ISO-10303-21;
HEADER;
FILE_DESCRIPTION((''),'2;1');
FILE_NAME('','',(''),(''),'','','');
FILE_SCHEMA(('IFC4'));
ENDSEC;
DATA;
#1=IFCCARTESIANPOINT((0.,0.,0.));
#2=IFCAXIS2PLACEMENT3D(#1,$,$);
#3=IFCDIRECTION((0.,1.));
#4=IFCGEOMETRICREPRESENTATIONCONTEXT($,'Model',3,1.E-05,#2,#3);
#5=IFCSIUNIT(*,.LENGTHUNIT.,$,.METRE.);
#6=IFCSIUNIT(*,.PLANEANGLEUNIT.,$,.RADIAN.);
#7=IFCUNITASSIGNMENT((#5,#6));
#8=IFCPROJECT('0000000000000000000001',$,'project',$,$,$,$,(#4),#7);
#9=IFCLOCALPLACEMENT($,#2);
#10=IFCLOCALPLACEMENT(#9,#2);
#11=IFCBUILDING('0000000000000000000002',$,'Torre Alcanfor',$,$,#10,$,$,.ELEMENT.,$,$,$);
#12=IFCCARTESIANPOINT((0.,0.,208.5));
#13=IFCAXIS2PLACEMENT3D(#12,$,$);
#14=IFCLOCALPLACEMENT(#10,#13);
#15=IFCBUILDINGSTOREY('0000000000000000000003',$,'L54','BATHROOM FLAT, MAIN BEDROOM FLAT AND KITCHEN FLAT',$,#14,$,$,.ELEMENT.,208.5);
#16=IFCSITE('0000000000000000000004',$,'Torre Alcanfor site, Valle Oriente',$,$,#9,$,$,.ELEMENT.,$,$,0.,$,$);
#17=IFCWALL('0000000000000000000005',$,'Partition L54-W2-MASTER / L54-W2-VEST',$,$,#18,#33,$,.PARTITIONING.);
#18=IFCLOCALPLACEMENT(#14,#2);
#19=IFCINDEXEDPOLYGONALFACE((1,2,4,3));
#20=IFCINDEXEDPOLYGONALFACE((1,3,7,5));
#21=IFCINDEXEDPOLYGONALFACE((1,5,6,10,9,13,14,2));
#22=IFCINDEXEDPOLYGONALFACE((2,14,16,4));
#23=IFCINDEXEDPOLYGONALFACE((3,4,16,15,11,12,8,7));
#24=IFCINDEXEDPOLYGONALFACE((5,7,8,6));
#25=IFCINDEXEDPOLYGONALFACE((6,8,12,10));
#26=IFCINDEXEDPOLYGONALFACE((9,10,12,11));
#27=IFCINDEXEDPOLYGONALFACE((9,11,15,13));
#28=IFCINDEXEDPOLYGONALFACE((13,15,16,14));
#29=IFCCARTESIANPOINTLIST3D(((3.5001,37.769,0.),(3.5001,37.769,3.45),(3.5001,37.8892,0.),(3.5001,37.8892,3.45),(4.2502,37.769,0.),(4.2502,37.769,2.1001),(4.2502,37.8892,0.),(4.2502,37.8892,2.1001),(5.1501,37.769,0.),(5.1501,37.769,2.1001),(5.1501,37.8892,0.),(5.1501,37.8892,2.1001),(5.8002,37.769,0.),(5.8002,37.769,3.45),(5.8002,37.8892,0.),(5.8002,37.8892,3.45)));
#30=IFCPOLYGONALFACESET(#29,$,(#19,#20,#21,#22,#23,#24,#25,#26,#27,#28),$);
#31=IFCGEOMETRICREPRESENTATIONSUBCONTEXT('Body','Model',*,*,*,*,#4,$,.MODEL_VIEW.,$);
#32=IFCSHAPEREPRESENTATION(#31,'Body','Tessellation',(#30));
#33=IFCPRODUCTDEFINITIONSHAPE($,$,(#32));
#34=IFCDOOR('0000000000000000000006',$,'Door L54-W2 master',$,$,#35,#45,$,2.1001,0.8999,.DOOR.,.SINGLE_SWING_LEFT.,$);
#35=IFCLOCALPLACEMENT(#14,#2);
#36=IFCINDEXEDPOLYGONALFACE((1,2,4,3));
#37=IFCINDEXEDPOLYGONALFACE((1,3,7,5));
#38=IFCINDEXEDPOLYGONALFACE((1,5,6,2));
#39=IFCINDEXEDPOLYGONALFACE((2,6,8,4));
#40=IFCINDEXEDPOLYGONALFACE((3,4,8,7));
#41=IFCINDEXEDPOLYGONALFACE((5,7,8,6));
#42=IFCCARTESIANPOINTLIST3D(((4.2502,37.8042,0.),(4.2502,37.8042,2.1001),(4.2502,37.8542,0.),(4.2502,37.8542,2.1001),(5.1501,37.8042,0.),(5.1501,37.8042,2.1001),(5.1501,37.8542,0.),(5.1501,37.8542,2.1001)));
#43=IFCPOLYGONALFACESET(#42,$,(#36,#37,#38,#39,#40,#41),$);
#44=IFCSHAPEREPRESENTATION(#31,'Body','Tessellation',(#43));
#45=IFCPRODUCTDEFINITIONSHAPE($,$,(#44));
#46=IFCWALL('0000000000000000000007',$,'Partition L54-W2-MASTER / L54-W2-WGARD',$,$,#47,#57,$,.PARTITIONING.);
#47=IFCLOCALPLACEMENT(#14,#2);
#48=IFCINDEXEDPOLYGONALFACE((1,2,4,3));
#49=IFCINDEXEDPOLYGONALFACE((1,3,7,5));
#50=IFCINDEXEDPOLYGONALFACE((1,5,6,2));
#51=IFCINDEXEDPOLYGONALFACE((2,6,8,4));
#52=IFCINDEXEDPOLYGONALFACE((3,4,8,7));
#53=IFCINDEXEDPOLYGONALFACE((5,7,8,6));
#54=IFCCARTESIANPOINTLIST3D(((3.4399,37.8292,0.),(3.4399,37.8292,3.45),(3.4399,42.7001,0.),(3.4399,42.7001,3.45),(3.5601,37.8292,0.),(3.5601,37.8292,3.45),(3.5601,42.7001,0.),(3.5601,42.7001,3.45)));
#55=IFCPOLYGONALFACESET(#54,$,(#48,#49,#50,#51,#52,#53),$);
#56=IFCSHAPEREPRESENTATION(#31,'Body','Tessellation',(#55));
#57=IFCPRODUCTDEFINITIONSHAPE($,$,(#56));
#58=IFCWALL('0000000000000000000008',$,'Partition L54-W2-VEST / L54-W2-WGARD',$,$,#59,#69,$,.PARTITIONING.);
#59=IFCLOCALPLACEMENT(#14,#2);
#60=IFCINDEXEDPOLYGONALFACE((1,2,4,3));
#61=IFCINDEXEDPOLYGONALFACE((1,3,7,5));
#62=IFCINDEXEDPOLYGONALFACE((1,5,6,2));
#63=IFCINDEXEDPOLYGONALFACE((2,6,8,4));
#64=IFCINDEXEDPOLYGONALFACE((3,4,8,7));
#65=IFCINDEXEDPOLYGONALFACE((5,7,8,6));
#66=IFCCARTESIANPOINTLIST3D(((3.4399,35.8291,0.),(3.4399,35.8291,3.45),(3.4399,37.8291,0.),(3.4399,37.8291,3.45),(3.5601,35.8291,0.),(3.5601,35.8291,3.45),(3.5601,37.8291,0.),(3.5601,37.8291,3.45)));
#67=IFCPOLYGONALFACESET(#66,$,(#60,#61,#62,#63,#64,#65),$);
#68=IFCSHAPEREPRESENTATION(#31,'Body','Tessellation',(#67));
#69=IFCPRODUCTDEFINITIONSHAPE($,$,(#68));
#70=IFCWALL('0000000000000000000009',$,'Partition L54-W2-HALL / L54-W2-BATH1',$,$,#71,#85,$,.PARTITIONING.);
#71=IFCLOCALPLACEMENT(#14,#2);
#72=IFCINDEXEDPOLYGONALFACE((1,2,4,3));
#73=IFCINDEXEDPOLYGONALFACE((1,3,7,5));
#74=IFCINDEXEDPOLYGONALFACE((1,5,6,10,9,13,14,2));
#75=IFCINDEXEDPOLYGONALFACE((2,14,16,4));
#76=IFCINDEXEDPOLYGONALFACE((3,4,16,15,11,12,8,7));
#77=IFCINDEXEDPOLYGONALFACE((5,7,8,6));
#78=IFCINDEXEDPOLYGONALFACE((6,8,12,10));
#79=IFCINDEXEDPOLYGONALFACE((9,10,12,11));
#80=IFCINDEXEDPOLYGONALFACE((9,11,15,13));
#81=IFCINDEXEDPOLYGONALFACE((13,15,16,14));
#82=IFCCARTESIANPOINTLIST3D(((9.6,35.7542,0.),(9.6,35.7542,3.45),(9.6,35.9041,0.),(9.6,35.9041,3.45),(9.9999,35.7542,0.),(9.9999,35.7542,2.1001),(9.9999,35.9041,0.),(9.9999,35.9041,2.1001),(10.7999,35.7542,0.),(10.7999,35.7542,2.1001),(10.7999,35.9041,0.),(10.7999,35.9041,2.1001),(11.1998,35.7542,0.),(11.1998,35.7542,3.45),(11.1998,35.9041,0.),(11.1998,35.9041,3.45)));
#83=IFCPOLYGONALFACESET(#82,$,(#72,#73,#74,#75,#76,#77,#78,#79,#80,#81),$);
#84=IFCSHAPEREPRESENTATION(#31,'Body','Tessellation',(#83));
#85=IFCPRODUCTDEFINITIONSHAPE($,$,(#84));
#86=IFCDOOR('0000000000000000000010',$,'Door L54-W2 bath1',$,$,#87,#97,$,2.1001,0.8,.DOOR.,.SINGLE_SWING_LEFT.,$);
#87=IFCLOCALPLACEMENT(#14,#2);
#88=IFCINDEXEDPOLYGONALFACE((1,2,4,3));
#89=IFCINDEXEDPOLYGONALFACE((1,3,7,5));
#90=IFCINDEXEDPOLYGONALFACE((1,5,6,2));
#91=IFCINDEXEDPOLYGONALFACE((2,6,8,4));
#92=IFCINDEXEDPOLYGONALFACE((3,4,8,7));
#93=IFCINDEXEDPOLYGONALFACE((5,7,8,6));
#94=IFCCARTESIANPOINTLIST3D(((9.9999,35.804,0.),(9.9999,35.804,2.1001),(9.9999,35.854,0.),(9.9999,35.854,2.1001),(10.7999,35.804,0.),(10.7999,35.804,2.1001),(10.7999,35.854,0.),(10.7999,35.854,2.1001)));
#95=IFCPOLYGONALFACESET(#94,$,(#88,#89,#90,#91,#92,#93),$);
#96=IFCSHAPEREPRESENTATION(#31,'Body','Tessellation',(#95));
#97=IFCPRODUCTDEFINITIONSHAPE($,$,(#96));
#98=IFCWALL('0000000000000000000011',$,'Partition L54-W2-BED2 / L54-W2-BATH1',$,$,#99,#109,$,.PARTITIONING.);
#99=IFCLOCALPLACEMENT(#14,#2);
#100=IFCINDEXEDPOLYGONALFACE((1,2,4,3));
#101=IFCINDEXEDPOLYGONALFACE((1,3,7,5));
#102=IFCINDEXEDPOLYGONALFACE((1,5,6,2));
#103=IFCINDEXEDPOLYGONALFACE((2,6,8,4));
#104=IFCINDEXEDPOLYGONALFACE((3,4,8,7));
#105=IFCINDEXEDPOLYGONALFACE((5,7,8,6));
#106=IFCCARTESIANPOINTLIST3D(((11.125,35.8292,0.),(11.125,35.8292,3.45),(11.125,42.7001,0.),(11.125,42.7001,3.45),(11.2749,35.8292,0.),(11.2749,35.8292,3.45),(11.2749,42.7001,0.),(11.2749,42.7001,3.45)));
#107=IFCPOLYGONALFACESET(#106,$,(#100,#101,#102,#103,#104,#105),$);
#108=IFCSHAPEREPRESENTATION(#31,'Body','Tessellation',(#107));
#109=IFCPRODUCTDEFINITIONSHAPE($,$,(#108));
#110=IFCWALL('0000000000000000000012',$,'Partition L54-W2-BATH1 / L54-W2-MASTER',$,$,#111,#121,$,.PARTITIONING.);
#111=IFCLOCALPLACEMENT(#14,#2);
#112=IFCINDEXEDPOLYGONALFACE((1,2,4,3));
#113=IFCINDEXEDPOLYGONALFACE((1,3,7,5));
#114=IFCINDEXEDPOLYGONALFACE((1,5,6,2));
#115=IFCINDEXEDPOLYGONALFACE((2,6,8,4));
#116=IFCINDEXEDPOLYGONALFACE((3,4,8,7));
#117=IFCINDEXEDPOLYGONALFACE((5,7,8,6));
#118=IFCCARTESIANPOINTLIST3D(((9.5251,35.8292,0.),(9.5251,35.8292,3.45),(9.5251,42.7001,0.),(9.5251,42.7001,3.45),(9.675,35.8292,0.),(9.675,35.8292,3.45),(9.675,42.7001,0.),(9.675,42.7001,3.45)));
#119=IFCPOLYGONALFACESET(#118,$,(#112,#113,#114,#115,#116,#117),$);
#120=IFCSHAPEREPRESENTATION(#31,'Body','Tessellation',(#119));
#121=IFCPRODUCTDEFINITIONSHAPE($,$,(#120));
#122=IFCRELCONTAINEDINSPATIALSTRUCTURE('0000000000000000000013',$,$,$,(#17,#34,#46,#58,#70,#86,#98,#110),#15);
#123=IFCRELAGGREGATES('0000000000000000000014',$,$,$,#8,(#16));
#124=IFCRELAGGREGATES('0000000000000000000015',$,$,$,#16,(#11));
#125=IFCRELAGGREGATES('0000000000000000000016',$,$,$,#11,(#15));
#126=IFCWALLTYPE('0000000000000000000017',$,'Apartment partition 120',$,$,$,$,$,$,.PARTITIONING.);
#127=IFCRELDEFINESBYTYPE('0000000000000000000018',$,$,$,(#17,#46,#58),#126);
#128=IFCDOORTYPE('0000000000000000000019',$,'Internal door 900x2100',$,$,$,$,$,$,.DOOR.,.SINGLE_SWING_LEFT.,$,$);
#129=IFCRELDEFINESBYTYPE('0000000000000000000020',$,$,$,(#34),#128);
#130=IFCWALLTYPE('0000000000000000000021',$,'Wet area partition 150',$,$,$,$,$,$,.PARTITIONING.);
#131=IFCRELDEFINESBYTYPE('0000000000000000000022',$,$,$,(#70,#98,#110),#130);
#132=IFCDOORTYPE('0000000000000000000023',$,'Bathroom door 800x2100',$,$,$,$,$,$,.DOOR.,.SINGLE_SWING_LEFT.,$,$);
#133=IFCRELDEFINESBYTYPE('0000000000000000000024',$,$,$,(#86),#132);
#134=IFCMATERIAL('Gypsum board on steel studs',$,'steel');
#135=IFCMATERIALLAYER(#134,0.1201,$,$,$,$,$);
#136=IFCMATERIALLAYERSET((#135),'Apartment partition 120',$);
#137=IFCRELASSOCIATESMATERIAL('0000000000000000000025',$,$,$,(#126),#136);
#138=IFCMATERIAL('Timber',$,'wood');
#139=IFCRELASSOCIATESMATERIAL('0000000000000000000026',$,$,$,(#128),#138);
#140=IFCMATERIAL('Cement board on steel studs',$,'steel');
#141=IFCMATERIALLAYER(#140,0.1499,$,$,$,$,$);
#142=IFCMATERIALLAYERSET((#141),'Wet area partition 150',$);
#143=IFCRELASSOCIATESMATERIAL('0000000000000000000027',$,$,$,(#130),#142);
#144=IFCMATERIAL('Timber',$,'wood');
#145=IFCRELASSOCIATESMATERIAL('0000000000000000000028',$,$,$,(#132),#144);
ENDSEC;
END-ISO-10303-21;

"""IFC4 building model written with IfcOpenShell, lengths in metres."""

from ifc_helpers import new_model, si_unit, direction, frame, frame_2d, origin, place, context, subcontext, project, spatial, rectangle, extrude, material, layer, layer_set, type_object, element, fill, save


model = new_model("IFC4")

# Units and contexts
model_context = context("Model", 3, precision=1e-05, world=origin(), true_north=direction((0.0, 1.0)))
body_context = subcontext(model_context, "Body", "Model", "MODEL_VIEW")
ifc_project = project(units=[si_unit("LENGTHUNIT", "METRE"), si_unit("PLANEANGLEUNIT", "RADIAN")], contexts=[model_context])

# Site, building, storey
site_placement = place(None, origin())
site = spatial("IfcSite", under=ifc_project, at=site_placement, Name="Torre Alcanfor site, Valle Oriente", CompositionType="ELEMENT", RefElevation=0.0)
building_placement = place(site_placement, origin())
building = spatial("IfcBuilding", under=site, at=building_placement, Name="Torre Alcanfor", CompositionType="ELEMENT")
storey_placement = place(building_placement, frame((0.0, 0.0, 208.5)))
storey = spatial("IfcBuildingStorey", under=building, at=storey_placement, Name="L54", Description="BATHROOM FLAT, MAIN BEDROOM FLAT AND KITCHEN FLAT", CompositionType="ELEMENT", Elevation=208.5)

# Shared definitions
ifc_material_1 = material(Name="Gypsum board on steel studs", Category="steel")
ifc_layer_1 = layer(ifc_material_1, 0.1201)
ifc_layer_set_1 = layer_set([ifc_layer_1], Name="Apartment partition 120")
wall_type_1 = type_object("IfcWallType", Name="Apartment partition 120", PredefinedType="PARTITIONING", material=ifc_layer_set_1)
ifc_material_2 = material(Name="Timber", Category="wood")
door_type_1 = type_object("IfcDoorType", Name="Internal door 900x2100", OperationType="SINGLE_SWING_LEFT", PredefinedType="DOOR", material=ifc_material_2)

# Wall, opening, door
wall_1_placement = place(storey_placement, frame((5.8, 37.8291, 0.0), z_axis=(0.0, 0.0, 1.0), x_axis=(-1.0, 0.0, 0.0)))
wall_1 = element("IfcWall", 1, at=wall_1_placement, inside=storey, type_object=wall_type_1, Name="Partition L54-W2-MASTER / L54-W2-VEST", PredefinedType="PARTITIONING", context=body_context, shape_type="SweptSolid", body=[
    extrude(rectangle(XDim=2.3, YDim=0.1201, at=frame_2d((1.1499, 0.0))), origin(), (0.0, 0.0, 1.0), 3.45),
])
opening_1_placement = place(wall_1_placement, frame((0.6499, 0.0, 0.0)))
opening_1 = element("IfcOpeningElement", 2, at=opening_1_placement, cuts=wall_1, PredefinedType="OPENING", context=body_context, shape_type="SweptSolid", body=[
    extrude(rectangle(XDim=0.8999, YDim=2.1001, at=frame_2d((0.45, 1.05))), frame((0.0, 0.0701, 0.0), z_axis=(0.0, -1.0, 0.0), x_axis=(1.0, 0.0, 0.0)), (0.0, 0.0, 1.0), 0.1401),
])
door_1_placement = place(opening_1_placement, origin())
door_1 = element("IfcDoor", 3, at=door_1_placement, inside=storey, type_object=door_type_1, Name="Door L54-W2 master", OperationType="SINGLE_SWING_LEFT", OverallHeight=2.1001, OverallWidth=0.8999, PredefinedType="DOOR", context=body_context, shape_type="SweptSolid", body=[
    extrude(rectangle(XDim=0.8999, YDim=2.1001, at=frame_2d((0.45, 1.05))), frame((0.0, 0.0249, 0.0), z_axis=(0.0, -1.0, 0.0), x_axis=(1.0, 0.0, 0.0)), (0.0, 0.0, 1.0), 0.05),
])
fill(opening_1, door_1)

# Walls
wall_2_placement = place(storey_placement, frame((3.5, 37.8291, 0.0), z_axis=(0.0, 0.0, 1.0), x_axis=(0.0, 1.0, 0.0)))
element("IfcWall", 4, at=wall_2_placement, inside=storey, type_object=wall_type_1, Name="Partition L54-W2-MASTER / L54-W2-WGARD", PredefinedType="PARTITIONING", context=body_context, shape_type="SweptSolid", body=[
    extrude(rectangle(XDim=4.8708, YDim=0.1201, at=frame_2d((2.4355, 0.0))), origin(), (0.0, 0.0, 1.0), 3.45),
])
wall_3_placement = place(storey_placement, frame((3.5, 35.8291, 0.0), z_axis=(0.0, 0.0, 1.0), x_axis=(0.0, 1.0, 0.0)))
element("IfcWall", 5, at=wall_3_placement, inside=storey, type_object=wall_type_1, Name="Partition L54-W2-VEST / L54-W2-WGARD", PredefinedType="PARTITIONING", context=body_context, shape_type="SweptSolid", body=[
    extrude(rectangle(XDim=2.0, YDim=0.1201, at=frame_2d((1.0, 0.0))), origin(), (0.0, 0.0, 1.0), 3.45),
])

# Wall, opening, door
ifc_material_3 = material(Name="Cement board on steel studs", Category="steel")
ifc_layer_2 = layer(ifc_material_3, 0.1499)
ifc_layer_set_2 = layer_set([ifc_layer_2], Name="Wet area partition 150")
wall_type_2 = type_object("IfcWallType", Name="Wet area partition 150", PredefinedType="PARTITIONING", material=ifc_layer_set_2)
wall_4_placement = place(storey_placement, frame((9.6001, 35.8291, 0.0), z_axis=(0.0, 0.0, 1.0), x_axis=(1.0, 0.0, 0.0)))
wall_4 = element("IfcWall", 6, at=wall_4_placement, inside=storey, type_object=wall_type_2, Name="Partition L54-W2-HALL / L54-W2-BATH1", PredefinedType="PARTITIONING", context=body_context, shape_type="SweptSolid", body=[
    extrude(rectangle(XDim=1.5999, YDim=0.1499, at=frame_2d((0.7998, 0.0))), origin(), (0.0, 0.0, 1.0), 3.45),
])
opening_2_placement = place(wall_4_placement, frame((0.3999, 0.0, 0.0)))
opening_2 = element("IfcOpeningElement", 7, at=opening_2_placement, cuts=wall_4, PredefinedType="OPENING", context=body_context, shape_type="SweptSolid", body=[
    extrude(rectangle(XDim=0.8, YDim=2.1001, at=frame_2d((0.3999, 1.05))), frame((0.0, 0.085, 0.0), z_axis=(0.0, -1.0, 0.0), x_axis=(1.0, 0.0, 0.0)), (0.0, 0.0, 1.0), 0.1699),
])
ifc_material_4 = material(Name="Timber", Category="wood")
door_type_2 = type_object("IfcDoorType", Name="Bathroom door 800x2100", OperationType="SINGLE_SWING_LEFT", PredefinedType="DOOR", material=ifc_material_4)
door_2_placement = place(opening_2_placement, origin())
door_2 = element("IfcDoor", 8, at=door_2_placement, inside=storey, type_object=door_type_2, Name="Door L54-W2 bath1", OperationType="SINGLE_SWING_LEFT", OverallHeight=2.1001, OverallWidth=0.8, PredefinedType="DOOR", context=body_context, shape_type="SweptSolid", body=[
    extrude(rectangle(XDim=0.8, YDim=2.1001, at=frame_2d((0.3999, 1.05))), frame((0.0, 0.0249, 0.0), z_axis=(0.0, -1.0, 0.0), x_axis=(1.0, 0.0, 0.0)), (0.0, 0.0, 1.0), 0.05),
])
fill(opening_2, door_2)

# Walls
for number, where, z_axis, x_axis, name in (
    (9, (11.2, 35.8291, 0.0), (0.0, 0.0, 1.0), (0.0, 1.0, 0.0), "Partition L54-W2-BED2 / L54-W2-BATH1"),
    (10, (9.6001, 35.8291, 0.0), (0.0, 0.0, 1.0), (0.0, 1.0, 0.0), "Partition L54-W2-BATH1 / L54-W2-MASTER"),
):
    element("IfcWall", number, at=place(storey_placement, frame(where, z_axis=z_axis, x_axis=x_axis)), inside=storey, type_object=wall_type_2, Name=name, PredefinedType="PARTITIONING", context=body_context, shape_type="SweptSolid", body=[
        extrude(rectangle(XDim=6.8708, YDim=0.1499, at=frame_2d((3.4355, 0.0))), origin(), (0.0, 0.0, 1.0), 3.45),
    ])

save(model, "model.ifc")
